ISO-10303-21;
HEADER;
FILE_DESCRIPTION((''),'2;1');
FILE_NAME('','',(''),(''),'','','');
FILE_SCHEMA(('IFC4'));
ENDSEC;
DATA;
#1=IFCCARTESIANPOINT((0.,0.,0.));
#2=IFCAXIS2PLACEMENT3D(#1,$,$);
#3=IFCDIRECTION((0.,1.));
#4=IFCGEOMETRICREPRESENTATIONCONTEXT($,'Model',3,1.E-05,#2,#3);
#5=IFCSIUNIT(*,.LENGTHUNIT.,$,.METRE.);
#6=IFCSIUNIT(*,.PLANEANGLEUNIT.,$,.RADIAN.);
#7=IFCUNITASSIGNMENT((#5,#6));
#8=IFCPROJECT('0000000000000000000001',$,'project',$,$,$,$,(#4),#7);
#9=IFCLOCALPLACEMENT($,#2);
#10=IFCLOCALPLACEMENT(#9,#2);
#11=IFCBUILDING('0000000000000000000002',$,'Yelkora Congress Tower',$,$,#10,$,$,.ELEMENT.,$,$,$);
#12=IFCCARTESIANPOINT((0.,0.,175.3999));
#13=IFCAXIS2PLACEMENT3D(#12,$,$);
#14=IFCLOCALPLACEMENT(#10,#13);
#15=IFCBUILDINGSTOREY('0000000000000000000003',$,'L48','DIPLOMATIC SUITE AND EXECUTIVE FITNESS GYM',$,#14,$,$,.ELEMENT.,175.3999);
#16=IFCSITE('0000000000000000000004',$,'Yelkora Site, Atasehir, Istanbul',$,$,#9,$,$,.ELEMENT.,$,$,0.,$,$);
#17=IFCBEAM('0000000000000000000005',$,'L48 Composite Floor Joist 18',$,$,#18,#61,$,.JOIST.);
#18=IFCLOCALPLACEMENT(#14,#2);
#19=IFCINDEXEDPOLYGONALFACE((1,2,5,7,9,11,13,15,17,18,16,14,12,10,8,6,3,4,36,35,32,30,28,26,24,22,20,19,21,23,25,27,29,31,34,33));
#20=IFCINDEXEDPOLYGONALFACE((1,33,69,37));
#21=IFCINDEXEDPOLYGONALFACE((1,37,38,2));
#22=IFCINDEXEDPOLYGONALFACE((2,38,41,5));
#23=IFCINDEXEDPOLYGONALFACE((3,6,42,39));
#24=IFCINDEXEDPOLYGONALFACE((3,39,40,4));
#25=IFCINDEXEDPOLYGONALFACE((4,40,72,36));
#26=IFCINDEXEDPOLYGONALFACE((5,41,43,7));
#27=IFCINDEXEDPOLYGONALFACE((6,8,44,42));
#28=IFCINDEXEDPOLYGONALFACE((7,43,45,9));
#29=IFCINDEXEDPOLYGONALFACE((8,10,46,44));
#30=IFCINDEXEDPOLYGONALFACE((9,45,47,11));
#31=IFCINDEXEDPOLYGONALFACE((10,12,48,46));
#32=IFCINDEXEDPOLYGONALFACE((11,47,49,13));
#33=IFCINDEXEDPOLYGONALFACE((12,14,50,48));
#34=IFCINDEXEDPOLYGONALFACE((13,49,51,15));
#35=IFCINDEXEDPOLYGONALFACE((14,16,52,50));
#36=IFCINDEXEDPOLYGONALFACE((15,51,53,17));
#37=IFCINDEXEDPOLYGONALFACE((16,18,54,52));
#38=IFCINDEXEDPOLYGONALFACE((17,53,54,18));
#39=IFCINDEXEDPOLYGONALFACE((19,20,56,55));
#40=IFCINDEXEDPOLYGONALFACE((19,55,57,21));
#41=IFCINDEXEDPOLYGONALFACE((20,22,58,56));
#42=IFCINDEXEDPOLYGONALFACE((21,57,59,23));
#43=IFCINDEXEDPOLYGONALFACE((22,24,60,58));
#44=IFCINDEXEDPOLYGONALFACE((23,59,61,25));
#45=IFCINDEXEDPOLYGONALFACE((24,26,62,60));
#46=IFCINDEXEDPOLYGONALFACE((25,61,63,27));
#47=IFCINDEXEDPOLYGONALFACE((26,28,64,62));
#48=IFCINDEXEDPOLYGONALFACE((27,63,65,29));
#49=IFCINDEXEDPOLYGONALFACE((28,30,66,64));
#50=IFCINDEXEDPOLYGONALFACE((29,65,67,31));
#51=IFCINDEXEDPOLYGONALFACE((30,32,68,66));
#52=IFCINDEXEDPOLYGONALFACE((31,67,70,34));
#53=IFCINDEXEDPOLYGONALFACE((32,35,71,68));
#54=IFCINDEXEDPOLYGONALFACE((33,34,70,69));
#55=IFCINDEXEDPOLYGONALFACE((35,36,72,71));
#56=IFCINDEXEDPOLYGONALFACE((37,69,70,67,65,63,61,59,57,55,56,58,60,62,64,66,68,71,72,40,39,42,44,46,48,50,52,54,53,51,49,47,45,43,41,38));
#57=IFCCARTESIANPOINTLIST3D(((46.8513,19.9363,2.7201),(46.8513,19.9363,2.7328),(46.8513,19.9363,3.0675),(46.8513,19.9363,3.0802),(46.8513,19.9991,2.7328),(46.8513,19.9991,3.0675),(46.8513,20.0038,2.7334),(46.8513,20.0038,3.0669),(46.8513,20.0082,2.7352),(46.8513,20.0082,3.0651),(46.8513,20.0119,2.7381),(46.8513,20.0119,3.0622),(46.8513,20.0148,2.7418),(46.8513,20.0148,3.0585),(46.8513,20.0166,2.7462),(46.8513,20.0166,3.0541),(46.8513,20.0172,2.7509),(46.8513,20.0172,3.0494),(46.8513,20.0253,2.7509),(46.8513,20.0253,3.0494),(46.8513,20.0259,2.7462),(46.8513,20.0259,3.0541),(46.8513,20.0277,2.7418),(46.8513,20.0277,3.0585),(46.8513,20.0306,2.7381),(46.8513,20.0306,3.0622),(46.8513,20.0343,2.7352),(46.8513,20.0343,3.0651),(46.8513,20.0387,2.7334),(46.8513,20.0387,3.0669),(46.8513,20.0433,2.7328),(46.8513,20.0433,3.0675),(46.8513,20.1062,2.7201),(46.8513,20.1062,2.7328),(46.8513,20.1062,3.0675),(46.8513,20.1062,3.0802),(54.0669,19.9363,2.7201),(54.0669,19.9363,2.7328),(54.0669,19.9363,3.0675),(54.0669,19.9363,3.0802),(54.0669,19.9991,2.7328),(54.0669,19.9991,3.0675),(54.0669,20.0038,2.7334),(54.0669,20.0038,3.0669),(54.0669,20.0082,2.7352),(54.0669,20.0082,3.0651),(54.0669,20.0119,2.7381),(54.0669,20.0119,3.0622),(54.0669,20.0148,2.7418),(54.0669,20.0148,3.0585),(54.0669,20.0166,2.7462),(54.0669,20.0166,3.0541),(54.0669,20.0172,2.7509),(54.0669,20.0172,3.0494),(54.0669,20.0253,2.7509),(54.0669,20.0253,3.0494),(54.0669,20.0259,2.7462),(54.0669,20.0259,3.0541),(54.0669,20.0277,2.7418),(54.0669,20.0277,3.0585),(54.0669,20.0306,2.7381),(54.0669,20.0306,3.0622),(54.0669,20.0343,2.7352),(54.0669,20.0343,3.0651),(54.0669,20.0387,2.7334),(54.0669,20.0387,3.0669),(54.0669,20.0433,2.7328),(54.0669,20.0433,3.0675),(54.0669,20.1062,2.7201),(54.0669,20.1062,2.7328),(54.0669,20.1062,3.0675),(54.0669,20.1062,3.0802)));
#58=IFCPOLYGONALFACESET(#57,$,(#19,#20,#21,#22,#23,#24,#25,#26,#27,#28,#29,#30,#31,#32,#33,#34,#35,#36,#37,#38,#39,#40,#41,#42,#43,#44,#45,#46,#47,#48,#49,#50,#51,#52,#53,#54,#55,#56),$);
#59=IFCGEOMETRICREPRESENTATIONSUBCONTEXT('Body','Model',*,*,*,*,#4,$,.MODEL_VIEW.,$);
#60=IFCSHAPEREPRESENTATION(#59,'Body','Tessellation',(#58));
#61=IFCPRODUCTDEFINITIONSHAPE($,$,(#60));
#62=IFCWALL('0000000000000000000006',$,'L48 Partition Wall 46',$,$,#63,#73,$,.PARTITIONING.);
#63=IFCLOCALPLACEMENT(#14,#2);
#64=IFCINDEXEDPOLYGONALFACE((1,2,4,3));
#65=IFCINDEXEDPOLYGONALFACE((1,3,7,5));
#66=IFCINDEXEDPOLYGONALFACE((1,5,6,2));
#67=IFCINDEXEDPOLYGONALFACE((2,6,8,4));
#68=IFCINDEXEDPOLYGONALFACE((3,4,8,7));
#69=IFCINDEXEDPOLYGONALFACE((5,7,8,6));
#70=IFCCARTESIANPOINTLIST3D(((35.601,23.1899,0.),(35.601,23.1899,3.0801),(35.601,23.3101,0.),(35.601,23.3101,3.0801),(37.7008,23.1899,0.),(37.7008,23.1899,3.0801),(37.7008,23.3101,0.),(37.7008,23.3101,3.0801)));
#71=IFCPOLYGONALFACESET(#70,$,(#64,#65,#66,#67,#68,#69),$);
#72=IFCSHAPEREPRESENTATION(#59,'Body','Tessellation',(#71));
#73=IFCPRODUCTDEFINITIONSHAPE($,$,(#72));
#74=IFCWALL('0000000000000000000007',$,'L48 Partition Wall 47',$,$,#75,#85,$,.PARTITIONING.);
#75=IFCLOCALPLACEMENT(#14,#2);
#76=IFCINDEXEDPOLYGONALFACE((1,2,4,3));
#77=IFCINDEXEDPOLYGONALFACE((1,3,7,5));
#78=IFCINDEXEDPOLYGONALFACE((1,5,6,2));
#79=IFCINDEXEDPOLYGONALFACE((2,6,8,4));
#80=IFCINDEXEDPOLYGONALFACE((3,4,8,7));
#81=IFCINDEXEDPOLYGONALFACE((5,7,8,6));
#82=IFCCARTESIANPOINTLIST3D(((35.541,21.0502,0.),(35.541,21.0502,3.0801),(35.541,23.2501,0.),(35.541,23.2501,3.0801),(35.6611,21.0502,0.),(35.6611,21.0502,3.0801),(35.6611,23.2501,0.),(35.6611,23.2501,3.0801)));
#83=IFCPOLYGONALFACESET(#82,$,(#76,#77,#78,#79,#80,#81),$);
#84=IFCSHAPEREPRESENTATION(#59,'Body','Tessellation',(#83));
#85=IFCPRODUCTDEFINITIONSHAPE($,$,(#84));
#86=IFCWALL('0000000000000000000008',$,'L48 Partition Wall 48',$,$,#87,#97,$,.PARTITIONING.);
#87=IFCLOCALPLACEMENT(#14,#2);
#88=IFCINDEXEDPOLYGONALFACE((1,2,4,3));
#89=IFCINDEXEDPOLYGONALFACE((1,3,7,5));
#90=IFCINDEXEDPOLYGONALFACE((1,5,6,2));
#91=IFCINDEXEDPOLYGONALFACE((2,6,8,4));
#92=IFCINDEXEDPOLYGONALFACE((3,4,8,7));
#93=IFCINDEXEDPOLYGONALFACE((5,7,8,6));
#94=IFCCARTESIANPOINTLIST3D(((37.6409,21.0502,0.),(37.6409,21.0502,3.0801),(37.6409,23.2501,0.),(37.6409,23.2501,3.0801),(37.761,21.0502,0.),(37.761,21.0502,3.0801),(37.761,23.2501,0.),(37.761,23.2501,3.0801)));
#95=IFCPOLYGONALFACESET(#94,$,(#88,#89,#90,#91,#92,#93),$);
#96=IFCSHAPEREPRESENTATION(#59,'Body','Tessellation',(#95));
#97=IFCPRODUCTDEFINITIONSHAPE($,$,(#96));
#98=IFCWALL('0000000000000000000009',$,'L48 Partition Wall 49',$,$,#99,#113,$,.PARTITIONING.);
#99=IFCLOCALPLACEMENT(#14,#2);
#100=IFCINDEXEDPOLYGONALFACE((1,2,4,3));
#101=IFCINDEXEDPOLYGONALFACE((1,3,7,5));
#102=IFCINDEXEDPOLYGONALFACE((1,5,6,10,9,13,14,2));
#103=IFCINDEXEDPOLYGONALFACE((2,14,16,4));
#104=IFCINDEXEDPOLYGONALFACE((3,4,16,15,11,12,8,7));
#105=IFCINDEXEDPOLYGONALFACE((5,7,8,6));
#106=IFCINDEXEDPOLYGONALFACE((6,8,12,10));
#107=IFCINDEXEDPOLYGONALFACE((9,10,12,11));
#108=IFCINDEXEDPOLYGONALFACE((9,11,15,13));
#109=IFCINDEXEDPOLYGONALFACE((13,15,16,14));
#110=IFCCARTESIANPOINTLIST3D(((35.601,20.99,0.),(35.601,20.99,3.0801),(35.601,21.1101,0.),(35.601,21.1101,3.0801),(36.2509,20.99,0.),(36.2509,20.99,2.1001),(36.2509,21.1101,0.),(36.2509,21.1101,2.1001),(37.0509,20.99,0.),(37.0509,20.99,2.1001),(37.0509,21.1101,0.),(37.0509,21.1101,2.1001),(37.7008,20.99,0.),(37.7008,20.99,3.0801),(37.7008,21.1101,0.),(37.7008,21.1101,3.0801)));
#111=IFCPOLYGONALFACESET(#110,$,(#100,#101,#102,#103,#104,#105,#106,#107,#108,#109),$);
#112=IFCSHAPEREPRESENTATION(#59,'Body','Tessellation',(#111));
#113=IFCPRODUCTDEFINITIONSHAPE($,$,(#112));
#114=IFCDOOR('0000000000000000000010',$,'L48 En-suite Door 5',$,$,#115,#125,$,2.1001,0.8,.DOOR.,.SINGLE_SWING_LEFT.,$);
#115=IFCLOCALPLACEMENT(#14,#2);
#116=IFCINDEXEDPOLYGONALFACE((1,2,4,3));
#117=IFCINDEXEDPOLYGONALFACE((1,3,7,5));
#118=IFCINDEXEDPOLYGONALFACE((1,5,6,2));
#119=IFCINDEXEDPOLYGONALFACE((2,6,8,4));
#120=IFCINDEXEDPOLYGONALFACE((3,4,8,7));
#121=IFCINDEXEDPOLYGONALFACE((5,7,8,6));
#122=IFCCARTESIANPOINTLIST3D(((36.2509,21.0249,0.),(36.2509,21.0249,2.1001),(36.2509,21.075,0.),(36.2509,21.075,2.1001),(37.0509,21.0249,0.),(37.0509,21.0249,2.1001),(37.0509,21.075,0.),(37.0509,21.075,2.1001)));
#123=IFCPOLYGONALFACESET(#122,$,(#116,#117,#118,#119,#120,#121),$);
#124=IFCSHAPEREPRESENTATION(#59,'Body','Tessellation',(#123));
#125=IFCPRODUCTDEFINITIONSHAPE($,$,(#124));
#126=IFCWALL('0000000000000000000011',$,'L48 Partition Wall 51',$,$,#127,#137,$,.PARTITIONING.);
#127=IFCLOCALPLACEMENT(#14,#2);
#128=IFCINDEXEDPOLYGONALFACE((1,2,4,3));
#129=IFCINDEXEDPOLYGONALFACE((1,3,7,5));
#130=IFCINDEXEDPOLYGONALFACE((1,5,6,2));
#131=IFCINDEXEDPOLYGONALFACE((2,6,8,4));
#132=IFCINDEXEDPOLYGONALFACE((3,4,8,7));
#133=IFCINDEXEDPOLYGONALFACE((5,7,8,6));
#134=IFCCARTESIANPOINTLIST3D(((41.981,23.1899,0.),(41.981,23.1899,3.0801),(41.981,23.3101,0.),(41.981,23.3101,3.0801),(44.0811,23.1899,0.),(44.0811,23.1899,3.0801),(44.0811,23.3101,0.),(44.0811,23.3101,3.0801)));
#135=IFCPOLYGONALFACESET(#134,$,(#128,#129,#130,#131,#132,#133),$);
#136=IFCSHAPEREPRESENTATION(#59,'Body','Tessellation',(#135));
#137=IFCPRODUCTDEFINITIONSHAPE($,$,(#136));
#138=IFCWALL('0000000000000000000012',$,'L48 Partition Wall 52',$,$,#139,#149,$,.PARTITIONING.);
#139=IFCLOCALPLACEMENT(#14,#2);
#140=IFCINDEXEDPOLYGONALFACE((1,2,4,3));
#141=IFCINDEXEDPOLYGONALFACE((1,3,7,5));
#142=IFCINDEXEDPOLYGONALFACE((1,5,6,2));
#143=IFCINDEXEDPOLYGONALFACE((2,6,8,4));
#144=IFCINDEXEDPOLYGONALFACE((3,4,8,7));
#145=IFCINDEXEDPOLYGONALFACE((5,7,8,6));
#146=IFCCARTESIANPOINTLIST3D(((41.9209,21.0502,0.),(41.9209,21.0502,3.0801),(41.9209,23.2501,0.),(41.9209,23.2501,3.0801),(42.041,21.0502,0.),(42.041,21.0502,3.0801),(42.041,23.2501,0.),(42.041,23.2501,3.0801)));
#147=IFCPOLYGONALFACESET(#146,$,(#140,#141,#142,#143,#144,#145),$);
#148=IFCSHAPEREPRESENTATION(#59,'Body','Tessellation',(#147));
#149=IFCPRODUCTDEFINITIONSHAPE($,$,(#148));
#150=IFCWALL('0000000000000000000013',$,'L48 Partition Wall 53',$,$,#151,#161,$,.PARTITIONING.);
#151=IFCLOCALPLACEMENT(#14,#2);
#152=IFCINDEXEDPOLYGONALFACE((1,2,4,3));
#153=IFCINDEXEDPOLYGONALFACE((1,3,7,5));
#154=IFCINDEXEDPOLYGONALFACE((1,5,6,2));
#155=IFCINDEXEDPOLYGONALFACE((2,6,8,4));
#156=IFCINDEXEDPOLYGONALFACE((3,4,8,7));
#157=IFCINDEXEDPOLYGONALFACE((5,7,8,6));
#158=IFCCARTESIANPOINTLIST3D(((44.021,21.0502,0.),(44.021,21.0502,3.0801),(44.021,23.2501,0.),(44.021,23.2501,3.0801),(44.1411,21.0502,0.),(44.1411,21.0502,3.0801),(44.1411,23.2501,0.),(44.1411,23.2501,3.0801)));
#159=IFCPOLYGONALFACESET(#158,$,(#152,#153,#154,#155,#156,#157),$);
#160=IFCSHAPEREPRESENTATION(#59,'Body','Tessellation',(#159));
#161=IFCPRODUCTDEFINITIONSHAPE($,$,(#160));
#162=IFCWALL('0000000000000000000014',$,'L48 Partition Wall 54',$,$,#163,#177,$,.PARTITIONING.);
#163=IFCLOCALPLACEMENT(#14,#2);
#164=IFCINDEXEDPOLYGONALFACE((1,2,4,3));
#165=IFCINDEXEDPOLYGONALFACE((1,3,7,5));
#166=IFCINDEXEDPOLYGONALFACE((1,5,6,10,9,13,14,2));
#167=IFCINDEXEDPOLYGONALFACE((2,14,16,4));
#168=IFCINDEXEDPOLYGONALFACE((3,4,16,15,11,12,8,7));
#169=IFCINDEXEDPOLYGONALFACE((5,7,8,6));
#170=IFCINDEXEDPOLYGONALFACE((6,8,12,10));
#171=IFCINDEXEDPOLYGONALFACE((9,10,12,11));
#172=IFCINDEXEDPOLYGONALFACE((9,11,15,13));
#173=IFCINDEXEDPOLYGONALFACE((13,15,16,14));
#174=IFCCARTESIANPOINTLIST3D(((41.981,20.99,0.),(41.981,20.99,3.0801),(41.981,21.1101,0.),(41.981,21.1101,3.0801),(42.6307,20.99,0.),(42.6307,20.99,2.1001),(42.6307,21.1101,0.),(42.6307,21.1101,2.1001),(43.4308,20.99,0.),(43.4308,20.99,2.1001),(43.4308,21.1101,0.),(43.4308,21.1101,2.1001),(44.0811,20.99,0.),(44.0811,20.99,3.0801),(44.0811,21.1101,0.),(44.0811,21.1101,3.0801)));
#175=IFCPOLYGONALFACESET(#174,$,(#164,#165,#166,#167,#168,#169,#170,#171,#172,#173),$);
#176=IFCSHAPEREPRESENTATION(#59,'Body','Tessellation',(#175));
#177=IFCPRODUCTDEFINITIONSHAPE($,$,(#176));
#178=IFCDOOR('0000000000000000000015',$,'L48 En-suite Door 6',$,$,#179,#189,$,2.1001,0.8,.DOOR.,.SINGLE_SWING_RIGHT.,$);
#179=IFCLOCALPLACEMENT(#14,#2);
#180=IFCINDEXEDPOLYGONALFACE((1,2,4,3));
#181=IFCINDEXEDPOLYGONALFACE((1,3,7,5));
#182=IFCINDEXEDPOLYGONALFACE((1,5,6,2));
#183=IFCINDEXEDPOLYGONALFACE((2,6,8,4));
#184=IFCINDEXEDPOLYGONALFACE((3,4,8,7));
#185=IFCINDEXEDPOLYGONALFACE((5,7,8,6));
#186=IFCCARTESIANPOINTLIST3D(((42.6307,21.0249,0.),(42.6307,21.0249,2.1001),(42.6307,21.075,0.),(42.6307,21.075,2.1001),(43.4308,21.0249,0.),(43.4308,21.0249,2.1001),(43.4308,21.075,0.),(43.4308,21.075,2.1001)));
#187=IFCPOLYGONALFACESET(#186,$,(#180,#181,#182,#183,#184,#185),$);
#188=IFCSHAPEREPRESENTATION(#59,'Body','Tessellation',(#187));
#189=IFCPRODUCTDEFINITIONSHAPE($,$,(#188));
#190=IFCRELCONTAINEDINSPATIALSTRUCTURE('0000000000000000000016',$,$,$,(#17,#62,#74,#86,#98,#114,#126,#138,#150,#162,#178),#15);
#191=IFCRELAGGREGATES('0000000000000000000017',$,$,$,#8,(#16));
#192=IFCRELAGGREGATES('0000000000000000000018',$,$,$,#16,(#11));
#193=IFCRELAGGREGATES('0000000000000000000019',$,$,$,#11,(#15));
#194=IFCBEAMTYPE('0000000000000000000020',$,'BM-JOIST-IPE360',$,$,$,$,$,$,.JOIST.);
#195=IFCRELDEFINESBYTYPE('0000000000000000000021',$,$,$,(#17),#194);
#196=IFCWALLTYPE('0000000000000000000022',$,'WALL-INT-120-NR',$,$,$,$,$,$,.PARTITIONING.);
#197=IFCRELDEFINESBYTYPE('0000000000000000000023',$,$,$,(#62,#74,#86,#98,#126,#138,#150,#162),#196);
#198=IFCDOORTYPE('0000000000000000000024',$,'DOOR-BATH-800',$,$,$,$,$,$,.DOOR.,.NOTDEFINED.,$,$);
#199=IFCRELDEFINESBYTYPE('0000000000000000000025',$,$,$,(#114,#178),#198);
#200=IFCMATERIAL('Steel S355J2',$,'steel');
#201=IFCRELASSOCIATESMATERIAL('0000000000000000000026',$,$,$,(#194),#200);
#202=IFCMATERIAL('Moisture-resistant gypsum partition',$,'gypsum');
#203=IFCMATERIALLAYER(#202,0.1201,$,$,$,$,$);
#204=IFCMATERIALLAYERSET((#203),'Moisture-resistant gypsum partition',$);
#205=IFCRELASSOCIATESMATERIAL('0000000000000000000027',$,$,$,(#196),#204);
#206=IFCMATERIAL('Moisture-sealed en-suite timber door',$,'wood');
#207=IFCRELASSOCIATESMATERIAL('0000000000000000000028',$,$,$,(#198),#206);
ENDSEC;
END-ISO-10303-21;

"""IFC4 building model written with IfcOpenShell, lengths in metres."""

from ifc_helpers import new_model, si_unit, direction, frame, frame_2d, origin, origin_2d, place, context, subcontext, project, spatial, rectangle, i_section, extrude, material, layer, layer_set, material_profile, profile_set, type_object, element, fill, save


model = new_model("IFC4")

# Units and contexts
model_context = context("Model", 3, precision=1e-05, world=origin(), true_north=direction((0.0, 1.0)))
body_context = subcontext(model_context, "Body", "Model", "MODEL_VIEW")
ifc_project = project(units=[si_unit("LENGTHUNIT", "METRE"), si_unit("PLANEANGLEUNIT", "RADIAN")], contexts=[model_context])

# Site, building, storey
site_placement = place(None, origin())
site = spatial("IfcSite", under=ifc_project, at=site_placement, Name="Yelkora Site, Atasehir, Istanbul", CompositionType="ELEMENT", RefElevation=0.0)
building_placement = place(site_placement, origin())
building = spatial("IfcBuilding", under=site, at=building_placement, Name="Yelkora Congress Tower", CompositionType="ELEMENT")
storey_placement = place(building_placement, frame((0.0, 0.0, 175.3999)))
storey = spatial("IfcBuildingStorey", under=building, at=storey_placement, Name="L48", Description="DIPLOMATIC SUITE AND EXECUTIVE FITNESS GYM", CompositionType="ELEMENT", Elevation=175.3999)

# Beam
ifc_material_1 = material(Name="Steel S355J2", Category="steel")
ifc_material_profile_1 = material_profile(ifc_material_1, i_section(OverallWidth=0.1699, OverallDepth=0.3601, WebThickness=0.0081, FlangeThickness=0.0127, FilletRadius=0.0181, at=origin_2d()), Name="IPE 360")
ifc_profile_set_1 = profile_set([ifc_material_profile_1], Name="Steel S355J2")
beam_type_1 = type_object("IfcBeamType", Name="BM-JOIST-IPE360", PredefinedType="JOIST", material=ifc_profile_set_1)
beam_1_placement = place(storey_placement, frame((46.8513, 20.0212, 2.9001), z_axis=(1.0, 0.0, 0.0), x_axis=(0.0, 1.0, 0.0)))
element("IfcBeam", 1, at=beam_1_placement, inside=storey, type_object=beam_type_1, Name="L48 Composite Floor Joist 18", PredefinedType="JOIST", context=body_context, shape_type="SweptSolid", body=[
    extrude(i_section(OverallWidth=0.1699, OverallDepth=0.3601, WebThickness=0.0081, FlangeThickness=0.0127, FilletRadius=0.0181, at=origin_2d()), origin(), (0.0, 0.0, 1.0), 7.2156),
])

# Walls
ifc_material_2 = material(Name="Moisture-resistant gypsum partition", Category="gypsum")
ifc_layer_1 = layer(ifc_material_2, 0.1201)
ifc_layer_set_1 = layer_set([ifc_layer_1], Name="Moisture-resistant gypsum partition")
wall_type_1 = type_object("IfcWallType", Name="WALL-INT-120-NR", PredefinedType="PARTITIONING", material=ifc_layer_set_1)
wall_1_placement = place(storey_placement, frame((35.6011, 23.25, 0.0), z_axis=(0.0, 0.0, 1.0), x_axis=(1.0, 0.0, 0.0)))
element("IfcWall", 2, at=wall_1_placement, inside=storey, type_object=wall_type_1, Name="L48 Partition Wall 46", PredefinedType="PARTITIONING", context=body_context, shape_type="SweptSolid", body=[
    extrude(rectangle(XDim=2.0999, YDim=0.1201, at=frame_2d((1.0498, 0.0))), origin(), (0.0, 0.0, 1.0), 3.0801),
])
for number, where, z_axis, x_axis, name in (
    (3, (35.6011, 21.05, 0.0), (0.0, 0.0, 1.0), (0.0, 1.0, 0.0), "L48 Partition Wall 47"),
    (4, (37.7009, 21.05, 0.0), (0.0, 0.0, 1.0), (0.0, 1.0, 0.0), "L48 Partition Wall 48"),
):
    element("IfcWall", number, at=place(storey_placement, frame(where, z_axis=z_axis, x_axis=x_axis)), inside=storey, type_object=wall_type_1, Name=name, PredefinedType="PARTITIONING", context=body_context, shape_type="SweptSolid", body=[
        extrude(rectangle(XDim=2.2, YDim=0.1201, at=frame_2d((1.1001, 0.0))), origin(), (0.0, 0.0, 1.0), 3.0801),
    ])

# Wall, opening, door
wall_2_placement = place(storey_placement, frame((35.6011, 21.05, 0.0), z_axis=(0.0, 0.0, 1.0), x_axis=(1.0, 0.0, 0.0)))
wall_2 = element("IfcWall", 5, at=wall_2_placement, inside=storey, type_object=wall_type_1, Name="L48 Partition Wall 49", PredefinedType="PARTITIONING", context=body_context, shape_type="SweptSolid", body=[
    extrude(rectangle(XDim=2.0999, YDim=0.1201, at=frame_2d((1.0498, 0.0))), origin(), (0.0, 0.0, 1.0), 3.0801),
])
opening_1_placement = place(wall_2_placement, frame((0.6499, 0.0, 0.0)))
opening_1 = element("IfcOpeningElement", 6, at=opening_1_placement, cuts=wall_2, PredefinedType="OPENING", context=body_context, shape_type="SweptSolid", body=[
    extrude(rectangle(XDim=0.8, YDim=2.1001, at=frame_2d((0.3999, 1.05))), frame((0.0, 0.0701, 0.0), z_axis=(0.0, -1.0, 0.0), x_axis=(1.0, 0.0, 0.0)), (0.0, 0.0, 1.0), 0.1401),
])
ifc_material_3 = material(Name="Moisture-sealed en-suite timber door", Category="wood")
door_type = type_object("IfcDoorType", Name="DOOR-BATH-800", OperationType="NOTDEFINED", PredefinedType="DOOR", material=ifc_material_3)
door_1_placement = place(opening_1_placement, origin())
door_1 = element("IfcDoor", 7, at=door_1_placement, inside=storey, type_object=door_type, Name="L48 En-suite Door 5", OperationType="SINGLE_SWING_LEFT", OverallHeight=2.1001, OverallWidth=0.8, PredefinedType="DOOR", context=body_context, shape_type="SweptSolid", body=[
    extrude(rectangle(XDim=0.8, YDim=2.1001, at=frame_2d((0.3999, 1.05))), frame((0.0, 0.0249, 0.0), z_axis=(0.0, -1.0, 0.0), x_axis=(1.0, 0.0, 0.0)), (0.0, 0.0, 1.0), 0.05),
])
fill(opening_1, door_1)

# Walls
wall_3_placement = place(storey_placement, frame((41.981, 23.25, 0.0), z_axis=(0.0, 0.0, 1.0), x_axis=(1.0, 0.0, 0.0)))
element("IfcWall", 8, at=wall_3_placement, inside=storey, type_object=wall_type_1, Name="L48 Partition Wall 51", PredefinedType="PARTITIONING", context=body_context, shape_type="SweptSolid", body=[
    extrude(rectangle(XDim=2.1001, YDim=0.1201, at=frame_2d((1.05, 0.0))), origin(), (0.0, 0.0, 1.0), 3.0801),
])
for number, where, z_axis, x_axis, name in (
    (9, (41.981, 21.05, 0.0), (0.0, 0.0, 1.0), (0.0, 1.0, 0.0), "L48 Partition Wall 52"),
    (10, (44.0811, 21.05, 0.0), (0.0, 0.0, 1.0), (0.0, 1.0, 0.0), "L48 Partition Wall 53"),
):
    element("IfcWall", number, at=place(storey_placement, frame(where, z_axis=z_axis, x_axis=x_axis)), inside=storey, type_object=wall_type_1, Name=name, PredefinedType="PARTITIONING", context=body_context, shape_type="SweptSolid", body=[
        extrude(rectangle(XDim=2.2, YDim=0.1201, at=frame_2d((1.1001, 0.0))), origin(), (0.0, 0.0, 1.0), 3.0801),
    ])

# Wall, opening, door
wall_4_placement = place(storey_placement, frame((41.981, 21.05, 0.0), z_axis=(0.0, 0.0, 1.0), x_axis=(1.0, 0.0, 0.0)))
wall_4 = element("IfcWall", 11, at=wall_4_placement, inside=storey, type_object=wall_type_1, Name="L48 Partition Wall 54", PredefinedType="PARTITIONING", context=body_context, shape_type="SweptSolid", body=[
    extrude(rectangle(XDim=2.1001, YDim=0.1201, at=frame_2d((1.05, 0.0))), origin(), (0.0, 0.0, 1.0), 3.0801),
])
opening_2_placement = place(wall_4_placement, frame((0.6499, 0.0, 0.0)))
opening_2 = element("IfcOpeningElement", 12, at=opening_2_placement, cuts=wall_4, PredefinedType="OPENING", context=body_context, shape_type="SweptSolid", body=[
    extrude(rectangle(XDim=0.8, YDim=2.1001, at=frame_2d((0.3999, 1.05))), frame((0.0, 0.0701, 0.0), z_axis=(0.0, -1.0, 0.0), x_axis=(1.0, 0.0, 0.0)), (0.0, 0.0, 1.0), 0.1401),
])
door_2_placement = place(opening_2_placement, origin())
door_2 = element("IfcDoor", 13, at=door_2_placement, inside=storey, type_object=door_type, Name="L48 En-suite Door 6", OperationType="SINGLE_SWING_RIGHT", OverallHeight=2.1001, OverallWidth=0.8, PredefinedType="DOOR", context=body_context, shape_type="SweptSolid", body=[
    extrude(rectangle(XDim=0.8, YDim=2.1001, at=frame_2d((0.3999, 1.05))), frame((0.0, 0.0249, 0.0), z_axis=(0.0, -1.0, 0.0), x_axis=(1.0, 0.0, 0.0)), (0.0, 0.0, 1.0), 0.05),
])
fill(opening_2, door_2)

save(model, "model.ifc")
